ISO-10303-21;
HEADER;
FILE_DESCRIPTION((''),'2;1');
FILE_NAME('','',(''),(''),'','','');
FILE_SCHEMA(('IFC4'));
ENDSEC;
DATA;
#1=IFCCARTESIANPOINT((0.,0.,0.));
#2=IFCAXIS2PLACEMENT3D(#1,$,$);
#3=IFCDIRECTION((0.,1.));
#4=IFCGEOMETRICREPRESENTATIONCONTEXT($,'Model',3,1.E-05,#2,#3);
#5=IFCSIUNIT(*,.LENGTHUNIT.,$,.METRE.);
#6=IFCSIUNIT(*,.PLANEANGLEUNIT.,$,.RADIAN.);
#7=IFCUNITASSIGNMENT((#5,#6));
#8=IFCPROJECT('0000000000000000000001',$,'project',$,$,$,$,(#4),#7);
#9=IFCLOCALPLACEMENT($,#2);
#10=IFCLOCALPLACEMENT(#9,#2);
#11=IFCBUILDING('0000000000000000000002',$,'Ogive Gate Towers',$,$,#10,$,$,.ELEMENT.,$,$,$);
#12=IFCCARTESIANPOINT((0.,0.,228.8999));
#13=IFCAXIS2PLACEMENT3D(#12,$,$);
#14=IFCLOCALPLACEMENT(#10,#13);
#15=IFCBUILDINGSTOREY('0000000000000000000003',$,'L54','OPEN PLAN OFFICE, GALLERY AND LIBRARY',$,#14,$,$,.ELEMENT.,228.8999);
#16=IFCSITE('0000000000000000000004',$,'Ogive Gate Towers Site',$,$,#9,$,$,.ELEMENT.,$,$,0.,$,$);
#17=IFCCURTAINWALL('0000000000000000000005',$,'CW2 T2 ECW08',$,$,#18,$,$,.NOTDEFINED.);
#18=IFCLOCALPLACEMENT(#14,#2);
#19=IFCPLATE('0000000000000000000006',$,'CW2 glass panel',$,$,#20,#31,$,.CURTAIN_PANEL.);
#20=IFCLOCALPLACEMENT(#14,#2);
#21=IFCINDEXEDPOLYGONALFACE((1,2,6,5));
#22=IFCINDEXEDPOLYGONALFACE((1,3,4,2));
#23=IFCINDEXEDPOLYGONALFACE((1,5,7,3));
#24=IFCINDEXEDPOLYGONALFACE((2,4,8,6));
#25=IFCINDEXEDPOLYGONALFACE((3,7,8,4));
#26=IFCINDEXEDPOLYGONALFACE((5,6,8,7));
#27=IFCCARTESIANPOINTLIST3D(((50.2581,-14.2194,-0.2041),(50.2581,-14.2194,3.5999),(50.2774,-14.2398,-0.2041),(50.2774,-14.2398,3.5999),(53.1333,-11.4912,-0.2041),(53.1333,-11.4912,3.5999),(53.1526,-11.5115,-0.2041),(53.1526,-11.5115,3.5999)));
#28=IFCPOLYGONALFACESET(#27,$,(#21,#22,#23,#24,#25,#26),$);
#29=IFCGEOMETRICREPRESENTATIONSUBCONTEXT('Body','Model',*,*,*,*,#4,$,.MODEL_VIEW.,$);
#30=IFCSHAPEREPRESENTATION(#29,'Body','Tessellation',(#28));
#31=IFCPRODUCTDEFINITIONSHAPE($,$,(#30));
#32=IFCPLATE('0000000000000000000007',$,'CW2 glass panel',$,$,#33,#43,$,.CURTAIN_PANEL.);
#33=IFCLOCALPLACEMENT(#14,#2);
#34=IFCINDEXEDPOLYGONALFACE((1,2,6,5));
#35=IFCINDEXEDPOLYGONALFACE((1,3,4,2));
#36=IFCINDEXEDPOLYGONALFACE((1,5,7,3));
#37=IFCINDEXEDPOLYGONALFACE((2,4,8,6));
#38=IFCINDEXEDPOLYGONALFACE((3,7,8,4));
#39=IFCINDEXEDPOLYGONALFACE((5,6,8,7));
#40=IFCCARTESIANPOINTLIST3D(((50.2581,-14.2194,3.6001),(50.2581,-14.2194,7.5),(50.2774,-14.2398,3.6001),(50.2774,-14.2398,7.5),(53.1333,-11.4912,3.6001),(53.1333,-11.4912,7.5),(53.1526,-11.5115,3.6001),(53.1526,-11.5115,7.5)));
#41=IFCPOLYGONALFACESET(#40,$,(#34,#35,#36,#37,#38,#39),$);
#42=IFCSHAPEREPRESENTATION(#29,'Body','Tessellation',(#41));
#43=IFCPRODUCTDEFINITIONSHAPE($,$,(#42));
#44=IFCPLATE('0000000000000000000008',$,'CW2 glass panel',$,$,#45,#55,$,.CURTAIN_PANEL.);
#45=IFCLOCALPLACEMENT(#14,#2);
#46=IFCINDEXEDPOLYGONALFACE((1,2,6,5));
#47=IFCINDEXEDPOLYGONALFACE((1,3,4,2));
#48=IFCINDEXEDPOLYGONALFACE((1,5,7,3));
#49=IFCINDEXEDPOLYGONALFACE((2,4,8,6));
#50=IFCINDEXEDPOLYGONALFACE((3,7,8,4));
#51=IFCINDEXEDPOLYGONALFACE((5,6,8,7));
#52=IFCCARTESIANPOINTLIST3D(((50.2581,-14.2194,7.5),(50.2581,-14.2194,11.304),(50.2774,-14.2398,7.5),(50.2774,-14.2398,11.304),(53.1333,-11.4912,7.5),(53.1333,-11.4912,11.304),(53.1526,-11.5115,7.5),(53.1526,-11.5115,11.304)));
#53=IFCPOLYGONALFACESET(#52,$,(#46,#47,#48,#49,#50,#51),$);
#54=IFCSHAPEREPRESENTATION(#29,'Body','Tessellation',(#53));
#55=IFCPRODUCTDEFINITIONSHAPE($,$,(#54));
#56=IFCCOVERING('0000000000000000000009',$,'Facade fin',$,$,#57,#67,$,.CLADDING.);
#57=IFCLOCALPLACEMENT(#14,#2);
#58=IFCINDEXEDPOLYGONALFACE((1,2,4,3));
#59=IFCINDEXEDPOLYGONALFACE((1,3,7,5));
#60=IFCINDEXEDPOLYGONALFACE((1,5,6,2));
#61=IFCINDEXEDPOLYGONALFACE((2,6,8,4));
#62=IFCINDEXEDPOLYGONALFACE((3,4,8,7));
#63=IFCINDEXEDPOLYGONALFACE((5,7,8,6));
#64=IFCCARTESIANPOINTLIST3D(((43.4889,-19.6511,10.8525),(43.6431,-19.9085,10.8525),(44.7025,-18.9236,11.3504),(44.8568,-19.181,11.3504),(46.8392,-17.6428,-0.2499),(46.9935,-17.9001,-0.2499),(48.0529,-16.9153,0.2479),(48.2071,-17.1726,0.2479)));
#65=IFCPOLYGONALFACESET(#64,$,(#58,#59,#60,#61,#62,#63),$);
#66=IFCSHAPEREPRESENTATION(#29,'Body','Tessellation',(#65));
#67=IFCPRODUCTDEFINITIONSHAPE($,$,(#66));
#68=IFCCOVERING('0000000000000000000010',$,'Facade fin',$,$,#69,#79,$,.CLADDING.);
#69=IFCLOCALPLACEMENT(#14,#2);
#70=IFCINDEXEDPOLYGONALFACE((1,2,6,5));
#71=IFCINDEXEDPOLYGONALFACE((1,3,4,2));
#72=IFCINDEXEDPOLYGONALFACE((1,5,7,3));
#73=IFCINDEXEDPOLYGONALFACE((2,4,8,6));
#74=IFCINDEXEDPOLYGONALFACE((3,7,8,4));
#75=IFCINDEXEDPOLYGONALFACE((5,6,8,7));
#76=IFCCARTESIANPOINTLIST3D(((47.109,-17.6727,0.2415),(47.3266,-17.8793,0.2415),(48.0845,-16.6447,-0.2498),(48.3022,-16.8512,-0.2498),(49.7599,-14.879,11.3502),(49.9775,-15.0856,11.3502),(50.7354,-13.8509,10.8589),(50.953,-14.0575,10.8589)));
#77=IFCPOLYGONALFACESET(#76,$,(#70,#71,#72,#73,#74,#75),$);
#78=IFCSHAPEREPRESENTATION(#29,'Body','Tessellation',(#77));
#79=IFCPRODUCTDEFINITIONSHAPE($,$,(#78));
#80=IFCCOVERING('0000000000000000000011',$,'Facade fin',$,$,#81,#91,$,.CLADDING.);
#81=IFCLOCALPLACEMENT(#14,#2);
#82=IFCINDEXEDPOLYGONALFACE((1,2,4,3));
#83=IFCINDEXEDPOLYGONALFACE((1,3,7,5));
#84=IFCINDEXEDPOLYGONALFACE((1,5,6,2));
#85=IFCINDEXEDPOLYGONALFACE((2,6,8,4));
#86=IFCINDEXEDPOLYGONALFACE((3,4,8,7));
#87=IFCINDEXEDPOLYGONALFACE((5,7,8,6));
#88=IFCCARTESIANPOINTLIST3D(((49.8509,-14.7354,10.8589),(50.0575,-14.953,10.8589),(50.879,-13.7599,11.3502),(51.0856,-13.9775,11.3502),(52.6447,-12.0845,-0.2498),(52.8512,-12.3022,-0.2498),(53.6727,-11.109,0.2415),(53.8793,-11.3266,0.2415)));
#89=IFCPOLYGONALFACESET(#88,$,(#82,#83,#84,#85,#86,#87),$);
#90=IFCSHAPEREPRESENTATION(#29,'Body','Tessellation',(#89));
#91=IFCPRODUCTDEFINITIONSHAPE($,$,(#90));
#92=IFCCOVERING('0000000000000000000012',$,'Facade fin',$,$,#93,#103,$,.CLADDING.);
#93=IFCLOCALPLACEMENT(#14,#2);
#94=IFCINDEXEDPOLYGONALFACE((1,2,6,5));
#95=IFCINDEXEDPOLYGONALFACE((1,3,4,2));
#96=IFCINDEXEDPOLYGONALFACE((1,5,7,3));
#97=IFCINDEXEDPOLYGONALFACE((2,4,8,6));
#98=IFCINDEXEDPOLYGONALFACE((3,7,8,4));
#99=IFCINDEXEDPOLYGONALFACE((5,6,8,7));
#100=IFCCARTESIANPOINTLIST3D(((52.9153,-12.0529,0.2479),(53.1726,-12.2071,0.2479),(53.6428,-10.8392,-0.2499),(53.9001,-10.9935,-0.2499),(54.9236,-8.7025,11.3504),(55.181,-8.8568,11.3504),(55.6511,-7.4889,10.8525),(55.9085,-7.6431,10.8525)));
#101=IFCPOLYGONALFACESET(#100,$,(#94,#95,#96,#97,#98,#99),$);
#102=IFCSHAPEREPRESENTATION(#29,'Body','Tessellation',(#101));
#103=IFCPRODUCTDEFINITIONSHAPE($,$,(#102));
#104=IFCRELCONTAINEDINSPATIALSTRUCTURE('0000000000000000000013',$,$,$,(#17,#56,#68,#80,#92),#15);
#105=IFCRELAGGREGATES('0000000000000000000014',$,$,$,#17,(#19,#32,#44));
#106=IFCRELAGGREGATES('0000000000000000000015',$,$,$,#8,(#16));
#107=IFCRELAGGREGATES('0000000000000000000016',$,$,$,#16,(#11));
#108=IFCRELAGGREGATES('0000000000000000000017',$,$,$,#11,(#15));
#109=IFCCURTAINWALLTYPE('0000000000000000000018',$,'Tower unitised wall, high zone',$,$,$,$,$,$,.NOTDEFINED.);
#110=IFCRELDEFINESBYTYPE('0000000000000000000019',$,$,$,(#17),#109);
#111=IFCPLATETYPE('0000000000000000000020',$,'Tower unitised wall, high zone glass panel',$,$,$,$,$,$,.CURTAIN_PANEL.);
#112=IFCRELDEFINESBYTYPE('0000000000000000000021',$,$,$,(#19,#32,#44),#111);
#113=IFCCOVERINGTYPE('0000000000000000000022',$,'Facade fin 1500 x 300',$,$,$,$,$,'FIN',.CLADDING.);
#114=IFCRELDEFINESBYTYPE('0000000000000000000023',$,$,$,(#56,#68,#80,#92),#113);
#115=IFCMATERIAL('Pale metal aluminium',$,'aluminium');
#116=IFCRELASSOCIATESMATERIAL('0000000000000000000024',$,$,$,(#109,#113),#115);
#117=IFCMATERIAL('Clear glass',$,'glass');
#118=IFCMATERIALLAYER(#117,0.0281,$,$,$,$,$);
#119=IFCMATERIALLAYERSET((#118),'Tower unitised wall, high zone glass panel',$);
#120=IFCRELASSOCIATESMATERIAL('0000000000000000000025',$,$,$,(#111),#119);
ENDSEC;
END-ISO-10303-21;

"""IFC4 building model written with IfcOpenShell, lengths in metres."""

from ifc_helpers import new_model, si_unit, direction, frame, origin, origin_2d, place, context, subcontext, project, spatial, rectangle, extrude, material, layer, layer_set, material_profile, profile_set, type_object, element, aggregate, save


model = new_model("IFC4")

# Units and contexts
model_context = context("Model", 3, precision=1e-05, world=origin(), true_north=direction((0.0, 1.0)))
body_context = subcontext(model_context, "Body", "Model", "MODEL_VIEW")
ifc_project = project(units=[si_unit("LENGTHUNIT", "METRE"), si_unit("PLANEANGLEUNIT", "RADIAN")], contexts=[model_context])

# Site, building, storey
site_placement = place(None, origin())
site = spatial("IfcSite", under=ifc_project, at=site_placement, Name="Ogive Gate Towers Site", CompositionType="ELEMENT", RefElevation=0.0)
building_placement = place(site_placement, origin())
building = spatial("IfcBuilding", under=site, at=building_placement, Name="Ogive Gate Towers", CompositionType="ELEMENT")
storey_placement = place(building_placement, frame((0.0, 0.0, 228.8999)))
storey = spatial("IfcBuildingStorey", under=building, at=storey_placement, Name="L54", Description="OPEN PLAN OFFICE, GALLERY AND LIBRARY", CompositionType="ELEMENT", Elevation=228.8999)

# Shared definitions
ifc_material_1 = material(Name="Pale metal aluminium", Category="aluminium")
curtain_wall_type = type_object("IfcCurtainWallType", Name="Tower unitised wall, high zone", PredefinedType="NOTDEFINED", material=ifc_material_1)

# Curtain wall
curtain_wall_1_placement = place(storey_placement, origin())
curtain_wall_1 = element("IfcCurtainWall", 1, at=curtain_wall_1_placement, inside=storey, type_object=curtain_wall_type, Name="CW2 T2 ECW08", PredefinedType="NOTDEFINED")

# Plates
ifc_material_2 = material(Name="Clear glass", Category="glass")
ifc_layer = layer(ifc_material_2, 0.0281)
ifc_layer_set = layer_set([ifc_layer], Name="Tower unitised wall, high zone glass panel")
plate_type = type_object("IfcPlateType", Name="Tower unitised wall, high zone glass panel", PredefinedType="CURTAIN_PANEL", material=ifc_layer_set)
plate_1_placement = place(storey_placement, frame((51.7053, -12.8655, -0.2041), z_axis=(0.0, 0.0, 1.0), x_axis=(0.725398, 0.688329, 0.0)))
plate_1 = element("IfcPlate", 2, at=plate_1_placement, type_object=plate_type, Name="CW2 glass panel", PredefinedType="CURTAIN_PANEL", context=body_context, shape_type="SweptSolid", body=[
    extrude(rectangle(XDim=3.9636, YDim=0.0281, at=origin_2d()), origin(), (0.0, 0.0, 1.0), 3.804),
])
plate_2_placement = place(storey_placement, frame((51.7053, -12.8655, 3.6001), z_axis=(0.0, 0.0, 1.0), x_axis=(0.725398, 0.688329, 0.0)))
plate_2 = element("IfcPlate", 3, at=plate_2_placement, type_object=plate_type, Name="CW2 glass panel", PredefinedType="CURTAIN_PANEL", context=body_context, shape_type="SweptSolid", body=[
    extrude(rectangle(XDim=3.9636, YDim=0.0281, at=origin_2d()), origin(), (0.0, 0.0, 1.0), 3.8999),
])
plate_3_placement = place(storey_placement, frame((51.7053, -12.8655, 7.5), z_axis=(0.0, 0.0, 1.0), x_axis=(0.725398, 0.688329, 0.0)))
plate_3 = element("IfcPlate", 4, at=plate_3_placement, type_object=plate_type, Name="CW2 glass panel", PredefinedType="CURTAIN_PANEL", context=body_context, shape_type="SweptSolid", body=[
    extrude(rectangle(XDim=3.9636, YDim=0.0281, at=origin_2d()), origin(), (0.0, 0.0, 1.0), 3.804),
])
aggregate(curtain_wall_1, [plate_1, plate_2, plate_3])

# Coverings
ifc_material_profile_1 = material_profile(ifc_material_1, rectangle(XDim=0.3, YDim=1.5, at=origin_2d()), Name="1500 x 300 pale metal aluminium")
ifc_profile_set_1 = profile_set([ifc_material_profile_1], Name="Pale metal aluminium")
covering_type = type_object("IfcCoveringType", Name="Facade fin 1500 x 300", ElementType="FIN", PredefinedType="CLADDING", material=ifc_profile_set_1)
covering_1_placement = place(storey_placement, frame((47.5232, -17.4077, -0.001), z_axis=(-0.284665, -0.170637, 0.943318), x_axis=(0.514137, -0.857708, 0.0)))
element("IfcCovering", 5, at=covering_1_placement, inside=storey, type_object=covering_type, Name="Facade fin", PredefinedType="CLADDING", context=body_context, shape_type="SweptSolid", body=[
    extrude(rectangle(XDim=0.3, YDim=1.5, at=origin_2d()), origin(), (0.0, 0.0, 1.0), 11.7695),
])
for number, where, z_axis, x_axis, name in (
    (6, (47.7056, -17.262, -0.0042), (0.225467, 0.237614, 0.94483), (-0.725406, 0.688321, 0.0), "Facade fin"),
    (7, (53.262, -11.7056, -0.0042), (-0.237614, -0.225467, 0.94483), (0.688321, -0.725406, 0.0), "Facade fin"),
):
    element("IfcCovering", number, at=place(storey_placement, frame(where, z_axis=z_axis, x_axis=x_axis)), inside=storey, type_object=covering_type, Name=name, PredefinedType="CLADDING", context=body_context, shape_type="SweptSolid", body=[
        extrude(rectangle(XDim=0.3, YDim=1.5, at=origin_2d()), origin(), (0.0, 0.0, 1.0), 11.7573),
    ])
covering_2_placement = place(storey_placement, frame((53.4077, -11.5232, -0.001), z_axis=(0.170637, 0.284665, 0.943318), x_axis=(-0.857708, 0.514137, 0.0)))
element("IfcCovering", 8, at=covering_2_placement, inside=storey, type_object=covering_type, Name="Facade fin", PredefinedType="CLADDING", context=body_context, shape_type="SweptSolid", body=[
    extrude(rectangle(XDim=0.3, YDim=1.5, at=origin_2d()), origin(), (0.0, 0.0, 1.0), 11.7695),
])

save(model, "model.ifc")
